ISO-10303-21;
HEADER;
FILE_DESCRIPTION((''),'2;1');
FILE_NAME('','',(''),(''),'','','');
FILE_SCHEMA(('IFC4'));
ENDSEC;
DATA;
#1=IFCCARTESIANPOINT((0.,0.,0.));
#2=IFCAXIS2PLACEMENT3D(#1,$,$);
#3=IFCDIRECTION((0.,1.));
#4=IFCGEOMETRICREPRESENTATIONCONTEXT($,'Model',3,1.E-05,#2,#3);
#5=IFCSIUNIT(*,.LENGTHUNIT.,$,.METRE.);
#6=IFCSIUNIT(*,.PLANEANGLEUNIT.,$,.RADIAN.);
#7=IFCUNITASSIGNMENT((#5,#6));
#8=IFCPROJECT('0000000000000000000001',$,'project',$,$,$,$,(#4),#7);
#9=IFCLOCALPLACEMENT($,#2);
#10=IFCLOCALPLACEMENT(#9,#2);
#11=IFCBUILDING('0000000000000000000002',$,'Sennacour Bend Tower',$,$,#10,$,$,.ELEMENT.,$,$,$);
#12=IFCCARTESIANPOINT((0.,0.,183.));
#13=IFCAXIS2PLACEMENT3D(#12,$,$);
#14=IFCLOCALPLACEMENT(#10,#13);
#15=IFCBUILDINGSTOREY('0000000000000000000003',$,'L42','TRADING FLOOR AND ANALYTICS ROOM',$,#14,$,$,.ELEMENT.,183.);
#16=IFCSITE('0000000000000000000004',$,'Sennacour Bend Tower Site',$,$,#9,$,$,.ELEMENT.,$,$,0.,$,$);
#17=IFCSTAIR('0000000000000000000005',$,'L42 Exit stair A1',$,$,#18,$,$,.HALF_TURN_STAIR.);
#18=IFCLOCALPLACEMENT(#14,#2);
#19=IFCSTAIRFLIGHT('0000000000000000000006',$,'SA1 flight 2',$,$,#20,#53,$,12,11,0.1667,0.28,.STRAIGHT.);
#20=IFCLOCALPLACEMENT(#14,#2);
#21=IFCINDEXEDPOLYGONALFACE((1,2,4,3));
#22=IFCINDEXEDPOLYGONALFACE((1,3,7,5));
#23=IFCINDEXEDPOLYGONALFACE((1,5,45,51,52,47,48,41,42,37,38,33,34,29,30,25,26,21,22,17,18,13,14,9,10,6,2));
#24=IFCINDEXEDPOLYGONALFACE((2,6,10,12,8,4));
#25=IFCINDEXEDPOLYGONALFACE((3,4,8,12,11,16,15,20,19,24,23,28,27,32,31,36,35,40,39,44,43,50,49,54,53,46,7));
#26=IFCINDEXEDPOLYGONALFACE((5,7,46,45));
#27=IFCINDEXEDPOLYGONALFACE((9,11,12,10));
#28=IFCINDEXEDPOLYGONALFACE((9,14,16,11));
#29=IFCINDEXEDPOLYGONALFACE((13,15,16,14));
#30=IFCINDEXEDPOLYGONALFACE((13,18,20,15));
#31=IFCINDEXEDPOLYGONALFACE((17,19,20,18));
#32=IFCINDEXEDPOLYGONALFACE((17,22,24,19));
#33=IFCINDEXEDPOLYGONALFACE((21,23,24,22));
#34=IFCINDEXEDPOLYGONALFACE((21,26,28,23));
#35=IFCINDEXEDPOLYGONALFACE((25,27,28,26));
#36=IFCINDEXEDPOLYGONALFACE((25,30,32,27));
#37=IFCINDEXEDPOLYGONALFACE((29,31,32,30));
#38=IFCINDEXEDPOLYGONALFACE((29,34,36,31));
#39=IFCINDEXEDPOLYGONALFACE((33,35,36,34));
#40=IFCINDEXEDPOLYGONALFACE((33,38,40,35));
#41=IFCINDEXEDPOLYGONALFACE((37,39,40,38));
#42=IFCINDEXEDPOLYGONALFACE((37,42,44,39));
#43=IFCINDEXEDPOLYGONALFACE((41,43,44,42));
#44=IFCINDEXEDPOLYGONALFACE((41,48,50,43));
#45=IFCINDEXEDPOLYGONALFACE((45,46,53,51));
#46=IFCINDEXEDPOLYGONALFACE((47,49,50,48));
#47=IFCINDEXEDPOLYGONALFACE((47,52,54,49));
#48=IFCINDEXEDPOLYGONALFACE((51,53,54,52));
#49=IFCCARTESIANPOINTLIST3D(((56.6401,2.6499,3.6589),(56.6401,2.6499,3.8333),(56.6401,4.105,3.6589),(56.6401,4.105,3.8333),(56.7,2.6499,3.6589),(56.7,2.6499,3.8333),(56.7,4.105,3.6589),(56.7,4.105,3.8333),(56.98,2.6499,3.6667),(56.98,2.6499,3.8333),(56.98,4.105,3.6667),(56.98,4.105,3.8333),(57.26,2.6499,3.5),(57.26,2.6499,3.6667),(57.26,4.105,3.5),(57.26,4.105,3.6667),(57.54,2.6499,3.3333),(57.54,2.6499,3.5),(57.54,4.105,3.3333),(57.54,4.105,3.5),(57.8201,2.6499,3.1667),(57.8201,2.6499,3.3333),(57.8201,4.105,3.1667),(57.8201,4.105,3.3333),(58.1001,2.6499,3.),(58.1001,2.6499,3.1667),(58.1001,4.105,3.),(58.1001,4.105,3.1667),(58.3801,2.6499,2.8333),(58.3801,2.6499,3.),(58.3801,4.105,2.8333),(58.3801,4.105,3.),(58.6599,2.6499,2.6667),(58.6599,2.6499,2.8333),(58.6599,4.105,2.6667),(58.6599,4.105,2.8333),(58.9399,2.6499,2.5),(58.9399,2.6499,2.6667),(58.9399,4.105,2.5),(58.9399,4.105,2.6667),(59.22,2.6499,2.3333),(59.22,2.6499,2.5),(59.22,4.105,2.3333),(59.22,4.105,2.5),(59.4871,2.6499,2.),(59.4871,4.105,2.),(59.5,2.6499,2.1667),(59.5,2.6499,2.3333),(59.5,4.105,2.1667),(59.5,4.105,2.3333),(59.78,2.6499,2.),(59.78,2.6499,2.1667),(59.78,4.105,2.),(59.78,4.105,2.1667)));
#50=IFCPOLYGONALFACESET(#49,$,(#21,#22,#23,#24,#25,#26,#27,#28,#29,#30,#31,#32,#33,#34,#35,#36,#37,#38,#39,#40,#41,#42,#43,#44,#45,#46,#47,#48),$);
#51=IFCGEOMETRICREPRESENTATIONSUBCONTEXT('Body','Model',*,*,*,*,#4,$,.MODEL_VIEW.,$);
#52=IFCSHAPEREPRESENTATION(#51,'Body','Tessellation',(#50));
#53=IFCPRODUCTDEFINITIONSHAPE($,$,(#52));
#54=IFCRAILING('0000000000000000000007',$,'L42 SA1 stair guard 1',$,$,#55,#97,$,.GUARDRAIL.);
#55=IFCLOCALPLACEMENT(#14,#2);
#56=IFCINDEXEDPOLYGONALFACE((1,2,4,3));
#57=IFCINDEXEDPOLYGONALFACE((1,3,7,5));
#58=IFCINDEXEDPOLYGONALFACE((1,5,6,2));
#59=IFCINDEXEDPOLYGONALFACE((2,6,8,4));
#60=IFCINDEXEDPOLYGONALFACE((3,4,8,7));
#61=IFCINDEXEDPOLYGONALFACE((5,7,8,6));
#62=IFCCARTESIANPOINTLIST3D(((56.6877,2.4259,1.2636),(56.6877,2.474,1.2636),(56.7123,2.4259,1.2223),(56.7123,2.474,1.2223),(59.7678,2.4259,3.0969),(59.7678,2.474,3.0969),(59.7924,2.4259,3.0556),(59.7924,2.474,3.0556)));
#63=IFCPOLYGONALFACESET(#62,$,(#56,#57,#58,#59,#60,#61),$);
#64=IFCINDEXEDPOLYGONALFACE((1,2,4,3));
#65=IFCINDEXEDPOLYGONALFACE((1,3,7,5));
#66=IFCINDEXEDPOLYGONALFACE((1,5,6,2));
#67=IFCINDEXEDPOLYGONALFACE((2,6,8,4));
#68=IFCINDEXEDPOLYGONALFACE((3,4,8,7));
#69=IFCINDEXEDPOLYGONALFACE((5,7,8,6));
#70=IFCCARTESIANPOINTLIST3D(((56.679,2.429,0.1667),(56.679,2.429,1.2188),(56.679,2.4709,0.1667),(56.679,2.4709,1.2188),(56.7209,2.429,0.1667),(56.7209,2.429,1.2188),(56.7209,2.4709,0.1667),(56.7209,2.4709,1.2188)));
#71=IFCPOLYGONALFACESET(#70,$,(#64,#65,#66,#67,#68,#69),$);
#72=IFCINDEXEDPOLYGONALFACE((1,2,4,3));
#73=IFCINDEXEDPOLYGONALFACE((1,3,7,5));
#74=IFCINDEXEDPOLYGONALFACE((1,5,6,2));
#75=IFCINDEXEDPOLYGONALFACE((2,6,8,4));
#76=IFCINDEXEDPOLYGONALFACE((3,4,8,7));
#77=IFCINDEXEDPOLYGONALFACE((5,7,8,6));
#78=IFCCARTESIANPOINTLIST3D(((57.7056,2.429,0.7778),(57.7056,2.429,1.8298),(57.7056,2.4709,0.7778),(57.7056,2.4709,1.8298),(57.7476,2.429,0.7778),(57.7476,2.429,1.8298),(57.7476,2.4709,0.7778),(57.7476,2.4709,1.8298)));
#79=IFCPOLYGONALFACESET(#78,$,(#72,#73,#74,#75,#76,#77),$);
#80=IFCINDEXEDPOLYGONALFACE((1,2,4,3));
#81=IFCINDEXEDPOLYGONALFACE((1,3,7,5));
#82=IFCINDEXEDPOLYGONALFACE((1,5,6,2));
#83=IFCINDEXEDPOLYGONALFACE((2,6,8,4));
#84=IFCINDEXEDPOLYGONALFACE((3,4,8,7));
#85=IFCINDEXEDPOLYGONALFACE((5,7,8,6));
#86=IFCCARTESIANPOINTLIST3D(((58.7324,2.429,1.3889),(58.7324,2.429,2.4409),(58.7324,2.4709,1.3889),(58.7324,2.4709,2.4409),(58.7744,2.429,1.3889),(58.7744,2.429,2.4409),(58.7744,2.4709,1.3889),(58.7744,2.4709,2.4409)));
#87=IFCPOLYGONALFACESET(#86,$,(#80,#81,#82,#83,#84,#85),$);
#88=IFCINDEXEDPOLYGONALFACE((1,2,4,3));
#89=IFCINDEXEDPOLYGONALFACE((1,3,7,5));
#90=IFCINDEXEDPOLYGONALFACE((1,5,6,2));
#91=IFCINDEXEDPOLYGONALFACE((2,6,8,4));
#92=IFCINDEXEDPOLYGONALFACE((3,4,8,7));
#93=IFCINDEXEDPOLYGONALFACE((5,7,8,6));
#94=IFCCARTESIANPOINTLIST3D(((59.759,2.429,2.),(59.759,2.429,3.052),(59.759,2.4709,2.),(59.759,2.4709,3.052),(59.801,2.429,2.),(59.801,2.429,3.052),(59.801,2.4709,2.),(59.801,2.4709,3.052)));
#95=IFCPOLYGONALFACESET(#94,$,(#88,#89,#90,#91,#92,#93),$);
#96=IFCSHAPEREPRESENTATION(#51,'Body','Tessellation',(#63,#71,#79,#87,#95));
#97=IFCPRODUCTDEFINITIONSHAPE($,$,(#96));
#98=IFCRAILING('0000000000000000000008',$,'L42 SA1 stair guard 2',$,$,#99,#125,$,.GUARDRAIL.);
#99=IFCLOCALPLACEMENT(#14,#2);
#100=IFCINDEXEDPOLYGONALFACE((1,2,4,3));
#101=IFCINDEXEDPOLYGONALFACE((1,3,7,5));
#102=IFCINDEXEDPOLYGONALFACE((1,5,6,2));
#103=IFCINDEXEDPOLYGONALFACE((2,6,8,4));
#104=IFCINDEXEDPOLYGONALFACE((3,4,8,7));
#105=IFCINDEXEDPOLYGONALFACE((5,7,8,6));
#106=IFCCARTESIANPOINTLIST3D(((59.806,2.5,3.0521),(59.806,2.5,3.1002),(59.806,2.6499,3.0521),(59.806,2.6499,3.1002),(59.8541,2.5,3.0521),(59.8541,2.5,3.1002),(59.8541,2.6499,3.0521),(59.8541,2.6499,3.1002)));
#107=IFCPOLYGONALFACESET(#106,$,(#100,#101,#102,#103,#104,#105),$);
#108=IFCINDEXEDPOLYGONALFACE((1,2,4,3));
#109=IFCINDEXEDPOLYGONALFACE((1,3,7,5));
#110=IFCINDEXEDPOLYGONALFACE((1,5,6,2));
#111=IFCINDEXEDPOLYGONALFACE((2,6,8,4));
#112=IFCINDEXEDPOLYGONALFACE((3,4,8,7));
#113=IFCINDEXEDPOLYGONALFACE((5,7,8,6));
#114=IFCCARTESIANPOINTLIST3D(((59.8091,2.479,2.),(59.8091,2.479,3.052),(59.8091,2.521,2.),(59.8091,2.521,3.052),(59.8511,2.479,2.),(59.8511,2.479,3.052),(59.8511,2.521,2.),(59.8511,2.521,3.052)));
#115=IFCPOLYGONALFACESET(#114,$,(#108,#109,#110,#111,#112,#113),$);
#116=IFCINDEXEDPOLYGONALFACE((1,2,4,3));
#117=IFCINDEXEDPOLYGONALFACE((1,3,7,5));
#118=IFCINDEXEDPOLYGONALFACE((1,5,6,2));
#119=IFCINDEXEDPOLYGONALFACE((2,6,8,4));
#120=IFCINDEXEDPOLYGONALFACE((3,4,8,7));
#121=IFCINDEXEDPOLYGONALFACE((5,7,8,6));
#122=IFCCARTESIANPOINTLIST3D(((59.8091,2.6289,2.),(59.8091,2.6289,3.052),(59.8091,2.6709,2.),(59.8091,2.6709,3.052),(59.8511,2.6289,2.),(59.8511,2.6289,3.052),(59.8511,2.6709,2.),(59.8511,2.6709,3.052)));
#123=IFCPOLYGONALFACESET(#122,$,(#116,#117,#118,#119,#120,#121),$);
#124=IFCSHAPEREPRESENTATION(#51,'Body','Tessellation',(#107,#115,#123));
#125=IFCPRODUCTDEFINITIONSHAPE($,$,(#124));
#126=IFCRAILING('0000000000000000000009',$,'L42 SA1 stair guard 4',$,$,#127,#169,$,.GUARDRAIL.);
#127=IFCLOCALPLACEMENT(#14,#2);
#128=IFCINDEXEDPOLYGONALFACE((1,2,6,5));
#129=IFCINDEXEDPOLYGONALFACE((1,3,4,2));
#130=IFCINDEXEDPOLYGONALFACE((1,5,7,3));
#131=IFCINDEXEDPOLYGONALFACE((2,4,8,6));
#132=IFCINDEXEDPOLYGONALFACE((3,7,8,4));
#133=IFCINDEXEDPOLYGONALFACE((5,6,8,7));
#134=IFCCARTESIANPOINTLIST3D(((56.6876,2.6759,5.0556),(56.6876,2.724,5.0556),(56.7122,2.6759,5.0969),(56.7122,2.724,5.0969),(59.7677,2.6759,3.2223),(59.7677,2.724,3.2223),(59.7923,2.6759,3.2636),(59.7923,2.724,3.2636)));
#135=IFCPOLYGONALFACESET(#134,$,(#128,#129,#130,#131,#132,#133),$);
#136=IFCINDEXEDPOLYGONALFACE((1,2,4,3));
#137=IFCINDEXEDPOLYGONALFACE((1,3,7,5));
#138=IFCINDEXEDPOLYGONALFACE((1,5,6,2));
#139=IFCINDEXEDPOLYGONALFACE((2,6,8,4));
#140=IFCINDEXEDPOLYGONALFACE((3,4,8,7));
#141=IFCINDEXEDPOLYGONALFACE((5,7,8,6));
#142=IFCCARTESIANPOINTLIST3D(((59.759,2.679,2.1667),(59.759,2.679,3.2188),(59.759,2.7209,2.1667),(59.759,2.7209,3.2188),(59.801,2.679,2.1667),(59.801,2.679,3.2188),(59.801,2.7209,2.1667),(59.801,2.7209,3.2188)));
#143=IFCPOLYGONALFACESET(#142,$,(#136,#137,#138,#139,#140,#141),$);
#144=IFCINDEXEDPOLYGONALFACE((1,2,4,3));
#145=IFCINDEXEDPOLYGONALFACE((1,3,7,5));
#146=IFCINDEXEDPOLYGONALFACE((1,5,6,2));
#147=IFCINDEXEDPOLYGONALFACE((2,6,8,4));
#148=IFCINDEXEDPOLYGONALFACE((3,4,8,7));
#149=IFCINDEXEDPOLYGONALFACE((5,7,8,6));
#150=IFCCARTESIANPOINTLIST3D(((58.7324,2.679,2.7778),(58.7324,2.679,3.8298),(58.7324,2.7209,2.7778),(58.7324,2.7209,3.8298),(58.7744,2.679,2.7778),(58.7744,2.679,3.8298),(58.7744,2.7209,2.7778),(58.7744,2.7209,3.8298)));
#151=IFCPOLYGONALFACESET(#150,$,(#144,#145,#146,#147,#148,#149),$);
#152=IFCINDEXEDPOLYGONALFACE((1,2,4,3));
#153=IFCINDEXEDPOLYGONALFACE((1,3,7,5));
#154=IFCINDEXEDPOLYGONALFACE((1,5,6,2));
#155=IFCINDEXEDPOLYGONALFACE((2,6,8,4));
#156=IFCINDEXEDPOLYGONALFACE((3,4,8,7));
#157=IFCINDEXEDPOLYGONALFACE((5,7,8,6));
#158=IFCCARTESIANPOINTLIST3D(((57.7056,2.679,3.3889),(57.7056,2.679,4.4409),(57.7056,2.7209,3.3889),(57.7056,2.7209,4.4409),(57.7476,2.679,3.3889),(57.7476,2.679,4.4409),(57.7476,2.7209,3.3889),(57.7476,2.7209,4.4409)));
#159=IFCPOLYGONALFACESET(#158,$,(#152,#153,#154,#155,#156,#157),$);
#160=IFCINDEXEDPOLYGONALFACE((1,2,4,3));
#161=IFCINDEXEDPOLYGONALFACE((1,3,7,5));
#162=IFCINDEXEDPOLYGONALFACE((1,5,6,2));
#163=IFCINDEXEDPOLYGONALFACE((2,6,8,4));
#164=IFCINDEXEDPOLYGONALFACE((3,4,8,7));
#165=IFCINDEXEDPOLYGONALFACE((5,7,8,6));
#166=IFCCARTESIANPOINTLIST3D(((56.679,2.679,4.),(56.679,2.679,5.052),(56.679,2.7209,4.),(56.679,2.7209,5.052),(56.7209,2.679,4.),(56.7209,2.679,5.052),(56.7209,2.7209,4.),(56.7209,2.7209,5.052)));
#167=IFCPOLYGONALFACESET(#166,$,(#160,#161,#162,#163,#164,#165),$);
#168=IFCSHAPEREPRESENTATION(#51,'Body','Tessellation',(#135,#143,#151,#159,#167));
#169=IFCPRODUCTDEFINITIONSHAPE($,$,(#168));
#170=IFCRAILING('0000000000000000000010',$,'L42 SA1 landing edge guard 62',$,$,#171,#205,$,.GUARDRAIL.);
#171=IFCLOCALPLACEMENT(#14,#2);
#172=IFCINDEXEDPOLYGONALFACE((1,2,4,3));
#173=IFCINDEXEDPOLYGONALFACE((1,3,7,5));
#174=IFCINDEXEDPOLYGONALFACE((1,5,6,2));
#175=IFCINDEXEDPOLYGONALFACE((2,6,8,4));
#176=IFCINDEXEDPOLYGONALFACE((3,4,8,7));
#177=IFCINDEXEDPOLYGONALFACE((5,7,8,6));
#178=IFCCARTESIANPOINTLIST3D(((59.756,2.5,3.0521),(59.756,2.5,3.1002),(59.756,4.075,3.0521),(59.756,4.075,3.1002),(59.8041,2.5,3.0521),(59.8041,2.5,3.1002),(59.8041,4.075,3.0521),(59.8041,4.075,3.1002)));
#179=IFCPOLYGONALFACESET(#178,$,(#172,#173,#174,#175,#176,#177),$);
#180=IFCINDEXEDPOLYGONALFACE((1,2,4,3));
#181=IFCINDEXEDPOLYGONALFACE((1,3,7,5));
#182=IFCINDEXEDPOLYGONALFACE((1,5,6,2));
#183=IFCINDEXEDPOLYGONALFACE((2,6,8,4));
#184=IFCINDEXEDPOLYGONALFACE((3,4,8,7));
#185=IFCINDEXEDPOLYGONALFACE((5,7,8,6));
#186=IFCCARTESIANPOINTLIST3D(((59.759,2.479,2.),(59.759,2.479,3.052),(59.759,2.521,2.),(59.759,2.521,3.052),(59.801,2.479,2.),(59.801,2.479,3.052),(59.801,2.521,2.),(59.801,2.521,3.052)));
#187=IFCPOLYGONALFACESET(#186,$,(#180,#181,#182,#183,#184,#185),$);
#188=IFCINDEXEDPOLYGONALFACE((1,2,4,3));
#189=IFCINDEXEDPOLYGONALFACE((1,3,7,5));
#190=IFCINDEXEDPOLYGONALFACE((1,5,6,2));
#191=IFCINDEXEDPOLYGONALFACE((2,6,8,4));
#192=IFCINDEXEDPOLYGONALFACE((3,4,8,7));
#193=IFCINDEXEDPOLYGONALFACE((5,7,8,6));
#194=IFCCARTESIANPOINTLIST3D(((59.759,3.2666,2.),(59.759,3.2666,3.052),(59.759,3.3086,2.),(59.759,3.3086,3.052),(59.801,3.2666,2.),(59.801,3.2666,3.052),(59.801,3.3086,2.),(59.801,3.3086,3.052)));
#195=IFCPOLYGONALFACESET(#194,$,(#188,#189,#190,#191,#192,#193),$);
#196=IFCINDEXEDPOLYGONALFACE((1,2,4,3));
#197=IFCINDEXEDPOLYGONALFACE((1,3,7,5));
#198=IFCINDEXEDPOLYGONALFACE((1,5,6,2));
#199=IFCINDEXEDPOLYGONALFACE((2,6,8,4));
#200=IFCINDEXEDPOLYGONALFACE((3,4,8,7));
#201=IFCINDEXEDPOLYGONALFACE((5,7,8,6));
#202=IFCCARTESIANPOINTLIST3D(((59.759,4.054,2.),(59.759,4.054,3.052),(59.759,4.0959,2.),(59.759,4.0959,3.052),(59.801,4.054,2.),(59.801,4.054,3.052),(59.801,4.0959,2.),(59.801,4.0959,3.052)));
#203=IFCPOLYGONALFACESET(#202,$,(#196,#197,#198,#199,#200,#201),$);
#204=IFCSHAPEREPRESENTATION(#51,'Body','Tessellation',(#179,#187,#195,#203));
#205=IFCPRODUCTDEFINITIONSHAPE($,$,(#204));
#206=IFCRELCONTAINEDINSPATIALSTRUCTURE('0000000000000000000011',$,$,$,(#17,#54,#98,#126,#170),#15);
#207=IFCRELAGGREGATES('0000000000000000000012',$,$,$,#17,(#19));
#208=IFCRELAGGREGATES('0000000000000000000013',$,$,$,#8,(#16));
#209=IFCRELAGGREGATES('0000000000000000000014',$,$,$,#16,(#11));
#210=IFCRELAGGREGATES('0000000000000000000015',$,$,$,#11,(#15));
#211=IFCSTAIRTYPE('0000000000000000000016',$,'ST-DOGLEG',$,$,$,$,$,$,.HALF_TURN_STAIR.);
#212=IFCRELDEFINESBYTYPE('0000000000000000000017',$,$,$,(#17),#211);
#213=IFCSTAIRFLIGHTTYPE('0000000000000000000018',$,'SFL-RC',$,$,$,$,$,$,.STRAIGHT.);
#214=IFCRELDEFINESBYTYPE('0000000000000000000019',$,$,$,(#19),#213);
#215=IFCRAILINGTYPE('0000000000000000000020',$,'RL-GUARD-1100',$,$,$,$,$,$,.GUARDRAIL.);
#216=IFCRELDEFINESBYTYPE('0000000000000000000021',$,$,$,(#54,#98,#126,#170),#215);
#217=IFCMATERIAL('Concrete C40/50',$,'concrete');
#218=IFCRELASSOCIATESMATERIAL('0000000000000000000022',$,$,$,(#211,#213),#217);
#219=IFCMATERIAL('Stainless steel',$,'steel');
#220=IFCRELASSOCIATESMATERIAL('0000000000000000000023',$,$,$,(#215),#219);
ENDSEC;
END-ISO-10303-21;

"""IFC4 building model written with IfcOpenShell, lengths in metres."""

from ifc_helpers import new_model, si_unit, direction, frame, origin, origin_2d, place, context, subcontext, project, spatial, polyline, rectangle, outline, extrude, material, type_object, element, aggregate, save


model = new_model("IFC4")

# Units and contexts
model_context = context("Model", 3, precision=1e-05, world=origin(), true_north=direction((0.0, 1.0)))
body_context = subcontext(model_context, "Body", "Model", "MODEL_VIEW")
ifc_project = project(units=[si_unit("LENGTHUNIT", "METRE"), si_unit("PLANEANGLEUNIT", "RADIAN")], contexts=[model_context])

# Site, building, storey
site_placement = place(None, origin())
site = spatial("IfcSite", under=ifc_project, at=site_placement, Name="Sennacour Bend Tower Site", CompositionType="ELEMENT", RefElevation=0.0)
building_placement = place(site_placement, origin())
building = spatial("IfcBuilding", under=site, at=building_placement, Name="Sennacour Bend Tower", CompositionType="ELEMENT")
storey_placement = place(building_placement, frame((0.0, 0.0, 183.0)))
storey = spatial("IfcBuildingStorey", under=building, at=storey_placement, Name="L42", Description="TRADING FLOOR AND ANALYTICS ROOM", CompositionType="ELEMENT", Elevation=183.0)

# Shared definitions
ifc_material_1 = material(Name="Stainless steel", Category="steel")

# Stair, stair flight
ifc_material_2 = material(Name="Concrete C40/50", Category="concrete")
stair_type = type_object("IfcStairType", Name="ST-DOGLEG", PredefinedType="HALF_TURN_STAIR", material=ifc_material_2)
stair_placement = place(storey_placement, origin())
stair = element("IfcStair", 1, at=stair_placement, inside=storey, type_object=stair_type, Name="L42 Exit stair A1", PredefinedType="HALF_TURN_STAIR")
stair_flight_type = type_object("IfcStairFlightType", Name="SFL-RC", PredefinedType="STRAIGHT", material=ifc_material_2)
stair_flight_placement = place(storey_placement, frame((59.78, 3.3774, 2.0), z_axis=(0.0, 0.0, 1.0), x_axis=(-1.0, 0.0, 0.0)))
stair_flight = element("IfcStairFlight", 2, at=stair_flight_placement, type_object=stair_flight_type, Name="SA1 flight 2", NumberOfRisers=12, NumberOfTreads=11, PredefinedType="STRAIGHT", RiserHeight=0.1667, TreadLength=0.28, context=body_context, shape_type="SweptSolid", body=[
    extrude(outline(polyline([(0.0, 0.0), (0.0, 0.1667), (0.28, 0.1667), (0.28, 0.3333), (0.5601, 0.3333), (0.5601, 0.5), (0.8401, 0.5), (0.8401, 0.6667), (1.1201, 0.6667), (1.1201, 0.8333), (1.3999, 0.8333), (1.3999, 1.0), (1.6799, 1.0), (1.6799, 1.1667), (1.96, 1.1667), (1.96, 1.3333), (2.24, 1.3333), (2.24, 1.5), (2.52, 1.5), (2.52, 1.6667), (2.8, 1.6667), (2.8, 1.8333), (3.0801, 1.8333), (3.1399, 1.8333), (3.1399, 1.6589), (3.0801, 1.6589), (0.293, 0.0), (0.0, 0.0)])), frame((0.0, 0.7275, 0.0), z_axis=(0.0, -1.0, 0.0), x_axis=(1.0, 0.0, 0.0)), (0.0, 0.0, 1.0), 1.4551),
])
aggregate(stair, [stair_flight])

# Railings
railing_type_1 = type_object("IfcRailingType", Name="RL-GUARD-1100", PredefinedType="GUARDRAIL", material=ifc_material_1)
railing_1_placement = place(storey_placement, frame((56.7, 2.45, 0.1667)))
element("IfcRailing", 3, at=railing_1_placement, inside=storey, type_object=railing_type_1, Name="L42 SA1 stair guard 1", PredefinedType="GUARDRAIL", context=body_context, shape_type="SweptSolid", body=[
    extrude(rectangle(XDim=0.0481, YDim=0.0481, at=origin_2d()), frame((0.0, 0.0, 1.0762), z_axis=(0.859309, 0.0, 0.511458), x_axis=(0.0, 1.0, 0.0)), (0.0, 0.0, 1.0), 3.5845),
    extrude(rectangle(XDim=0.042, YDim=0.042, at=origin_2d()), origin(), (0.0, 0.0, 1.0), 1.052),
    extrude(rectangle(XDim=0.042, YDim=0.042, at=origin_2d()), frame((1.0266, 0.0, 0.6111)), (0.0, 0.0, 1.0), 1.052),
    extrude(rectangle(XDim=0.042, YDim=0.042, at=origin_2d()), frame((2.0535, 0.0, 1.2222)), (0.0, 0.0, 1.0), 1.052),
    extrude(rectangle(XDim=0.042, YDim=0.042, at=origin_2d()), frame((3.0801, 0.0, 1.8333)), (0.0, 0.0, 1.0), 1.052),
])
railing_2_placement = place(storey_placement, frame((59.8301, 2.5, 2.0)))
element("IfcRailing", 4, at=railing_2_placement, inside=storey, type_object=railing_type_1, Name="L42 SA1 stair guard 2", PredefinedType="GUARDRAIL", context=body_context, shape_type="SweptSolid", body=[
    extrude(rectangle(XDim=0.0481, YDim=0.0481, at=origin_2d()), frame((0.0, 0.0, 1.0762), z_axis=(0.0, 1.0, 0.0), x_axis=(-1.0, 0.0, 0.0)), (0.0, 0.0, 1.0), 0.1499),
    extrude(rectangle(XDim=0.042, YDim=0.042, at=origin_2d()), origin(), (0.0, 0.0, 1.0), 1.052),
    extrude(rectangle(XDim=0.042, YDim=0.042, at=origin_2d()), frame((0.0, 0.1499, 0.0)), (0.0, 0.0, 1.0), 1.052),
])
railing_3_placement = place(storey_placement, frame((59.78, 2.7, 2.1667)))
element("IfcRailing", 5, at=railing_3_placement, inside=storey, type_object=railing_type_1, Name="L42 SA1 stair guard 4", PredefinedType="GUARDRAIL", context=body_context, shape_type="SweptSolid", body=[
    extrude(rectangle(XDim=0.0481, YDim=0.0481, at=origin_2d()), frame((0.0, 0.0, 1.0762), z_axis=(-0.859309, 0.0, 0.511458), x_axis=(0.0, -1.0, 0.0)), (0.0, 0.0, 1.0), 3.5845),
    extrude(rectangle(XDim=0.042, YDim=0.042, at=origin_2d()), origin(), (0.0, 0.0, 1.0), 1.052),
    extrude(rectangle(XDim=0.042, YDim=0.042, at=origin_2d()), frame((-1.0266, 0.0, 0.6111)), (0.0, 0.0, 1.0), 1.052),
    extrude(rectangle(XDim=0.042, YDim=0.042, at=origin_2d()), frame((-2.0535, 0.0, 1.2222)), (0.0, 0.0, 1.0), 1.052),
    extrude(rectangle(XDim=0.042, YDim=0.042, at=origin_2d()), frame((-3.0801, 0.0, 1.8333)), (0.0, 0.0, 1.0), 1.052),
])
railing_4_placement = place(storey_placement, frame((59.78, 2.5, 2.0)))
element("IfcRailing", 6, at=railing_4_placement, inside=storey, type_object=railing_type_1, Name="L42 SA1 landing edge guard 62", PredefinedType="GUARDRAIL", context=body_context, shape_type="SweptSolid", body=[
    extrude(rectangle(XDim=0.0481, YDim=0.0481, at=origin_2d()), frame((0.0, 0.0, 1.0762), z_axis=(0.0, 1.0, 0.0), x_axis=(-1.0, 0.0, 0.0)), (0.0, 0.0, 1.0), 1.575),
    extrude(rectangle(XDim=0.042, YDim=0.042, at=origin_2d()), origin(), (0.0, 0.0, 1.0), 1.052),
    extrude(rectangle(XDim=0.042, YDim=0.042, at=origin_2d()), frame((0.0, 0.7876, 0.0)), (0.0, 0.0, 1.0), 1.052),
    extrude(rectangle(XDim=0.042, YDim=0.042, at=origin_2d()), frame((0.0, 1.575, 0.0)), (0.0, 0.0, 1.0), 1.052),
])

save(model, "model.ifc")
